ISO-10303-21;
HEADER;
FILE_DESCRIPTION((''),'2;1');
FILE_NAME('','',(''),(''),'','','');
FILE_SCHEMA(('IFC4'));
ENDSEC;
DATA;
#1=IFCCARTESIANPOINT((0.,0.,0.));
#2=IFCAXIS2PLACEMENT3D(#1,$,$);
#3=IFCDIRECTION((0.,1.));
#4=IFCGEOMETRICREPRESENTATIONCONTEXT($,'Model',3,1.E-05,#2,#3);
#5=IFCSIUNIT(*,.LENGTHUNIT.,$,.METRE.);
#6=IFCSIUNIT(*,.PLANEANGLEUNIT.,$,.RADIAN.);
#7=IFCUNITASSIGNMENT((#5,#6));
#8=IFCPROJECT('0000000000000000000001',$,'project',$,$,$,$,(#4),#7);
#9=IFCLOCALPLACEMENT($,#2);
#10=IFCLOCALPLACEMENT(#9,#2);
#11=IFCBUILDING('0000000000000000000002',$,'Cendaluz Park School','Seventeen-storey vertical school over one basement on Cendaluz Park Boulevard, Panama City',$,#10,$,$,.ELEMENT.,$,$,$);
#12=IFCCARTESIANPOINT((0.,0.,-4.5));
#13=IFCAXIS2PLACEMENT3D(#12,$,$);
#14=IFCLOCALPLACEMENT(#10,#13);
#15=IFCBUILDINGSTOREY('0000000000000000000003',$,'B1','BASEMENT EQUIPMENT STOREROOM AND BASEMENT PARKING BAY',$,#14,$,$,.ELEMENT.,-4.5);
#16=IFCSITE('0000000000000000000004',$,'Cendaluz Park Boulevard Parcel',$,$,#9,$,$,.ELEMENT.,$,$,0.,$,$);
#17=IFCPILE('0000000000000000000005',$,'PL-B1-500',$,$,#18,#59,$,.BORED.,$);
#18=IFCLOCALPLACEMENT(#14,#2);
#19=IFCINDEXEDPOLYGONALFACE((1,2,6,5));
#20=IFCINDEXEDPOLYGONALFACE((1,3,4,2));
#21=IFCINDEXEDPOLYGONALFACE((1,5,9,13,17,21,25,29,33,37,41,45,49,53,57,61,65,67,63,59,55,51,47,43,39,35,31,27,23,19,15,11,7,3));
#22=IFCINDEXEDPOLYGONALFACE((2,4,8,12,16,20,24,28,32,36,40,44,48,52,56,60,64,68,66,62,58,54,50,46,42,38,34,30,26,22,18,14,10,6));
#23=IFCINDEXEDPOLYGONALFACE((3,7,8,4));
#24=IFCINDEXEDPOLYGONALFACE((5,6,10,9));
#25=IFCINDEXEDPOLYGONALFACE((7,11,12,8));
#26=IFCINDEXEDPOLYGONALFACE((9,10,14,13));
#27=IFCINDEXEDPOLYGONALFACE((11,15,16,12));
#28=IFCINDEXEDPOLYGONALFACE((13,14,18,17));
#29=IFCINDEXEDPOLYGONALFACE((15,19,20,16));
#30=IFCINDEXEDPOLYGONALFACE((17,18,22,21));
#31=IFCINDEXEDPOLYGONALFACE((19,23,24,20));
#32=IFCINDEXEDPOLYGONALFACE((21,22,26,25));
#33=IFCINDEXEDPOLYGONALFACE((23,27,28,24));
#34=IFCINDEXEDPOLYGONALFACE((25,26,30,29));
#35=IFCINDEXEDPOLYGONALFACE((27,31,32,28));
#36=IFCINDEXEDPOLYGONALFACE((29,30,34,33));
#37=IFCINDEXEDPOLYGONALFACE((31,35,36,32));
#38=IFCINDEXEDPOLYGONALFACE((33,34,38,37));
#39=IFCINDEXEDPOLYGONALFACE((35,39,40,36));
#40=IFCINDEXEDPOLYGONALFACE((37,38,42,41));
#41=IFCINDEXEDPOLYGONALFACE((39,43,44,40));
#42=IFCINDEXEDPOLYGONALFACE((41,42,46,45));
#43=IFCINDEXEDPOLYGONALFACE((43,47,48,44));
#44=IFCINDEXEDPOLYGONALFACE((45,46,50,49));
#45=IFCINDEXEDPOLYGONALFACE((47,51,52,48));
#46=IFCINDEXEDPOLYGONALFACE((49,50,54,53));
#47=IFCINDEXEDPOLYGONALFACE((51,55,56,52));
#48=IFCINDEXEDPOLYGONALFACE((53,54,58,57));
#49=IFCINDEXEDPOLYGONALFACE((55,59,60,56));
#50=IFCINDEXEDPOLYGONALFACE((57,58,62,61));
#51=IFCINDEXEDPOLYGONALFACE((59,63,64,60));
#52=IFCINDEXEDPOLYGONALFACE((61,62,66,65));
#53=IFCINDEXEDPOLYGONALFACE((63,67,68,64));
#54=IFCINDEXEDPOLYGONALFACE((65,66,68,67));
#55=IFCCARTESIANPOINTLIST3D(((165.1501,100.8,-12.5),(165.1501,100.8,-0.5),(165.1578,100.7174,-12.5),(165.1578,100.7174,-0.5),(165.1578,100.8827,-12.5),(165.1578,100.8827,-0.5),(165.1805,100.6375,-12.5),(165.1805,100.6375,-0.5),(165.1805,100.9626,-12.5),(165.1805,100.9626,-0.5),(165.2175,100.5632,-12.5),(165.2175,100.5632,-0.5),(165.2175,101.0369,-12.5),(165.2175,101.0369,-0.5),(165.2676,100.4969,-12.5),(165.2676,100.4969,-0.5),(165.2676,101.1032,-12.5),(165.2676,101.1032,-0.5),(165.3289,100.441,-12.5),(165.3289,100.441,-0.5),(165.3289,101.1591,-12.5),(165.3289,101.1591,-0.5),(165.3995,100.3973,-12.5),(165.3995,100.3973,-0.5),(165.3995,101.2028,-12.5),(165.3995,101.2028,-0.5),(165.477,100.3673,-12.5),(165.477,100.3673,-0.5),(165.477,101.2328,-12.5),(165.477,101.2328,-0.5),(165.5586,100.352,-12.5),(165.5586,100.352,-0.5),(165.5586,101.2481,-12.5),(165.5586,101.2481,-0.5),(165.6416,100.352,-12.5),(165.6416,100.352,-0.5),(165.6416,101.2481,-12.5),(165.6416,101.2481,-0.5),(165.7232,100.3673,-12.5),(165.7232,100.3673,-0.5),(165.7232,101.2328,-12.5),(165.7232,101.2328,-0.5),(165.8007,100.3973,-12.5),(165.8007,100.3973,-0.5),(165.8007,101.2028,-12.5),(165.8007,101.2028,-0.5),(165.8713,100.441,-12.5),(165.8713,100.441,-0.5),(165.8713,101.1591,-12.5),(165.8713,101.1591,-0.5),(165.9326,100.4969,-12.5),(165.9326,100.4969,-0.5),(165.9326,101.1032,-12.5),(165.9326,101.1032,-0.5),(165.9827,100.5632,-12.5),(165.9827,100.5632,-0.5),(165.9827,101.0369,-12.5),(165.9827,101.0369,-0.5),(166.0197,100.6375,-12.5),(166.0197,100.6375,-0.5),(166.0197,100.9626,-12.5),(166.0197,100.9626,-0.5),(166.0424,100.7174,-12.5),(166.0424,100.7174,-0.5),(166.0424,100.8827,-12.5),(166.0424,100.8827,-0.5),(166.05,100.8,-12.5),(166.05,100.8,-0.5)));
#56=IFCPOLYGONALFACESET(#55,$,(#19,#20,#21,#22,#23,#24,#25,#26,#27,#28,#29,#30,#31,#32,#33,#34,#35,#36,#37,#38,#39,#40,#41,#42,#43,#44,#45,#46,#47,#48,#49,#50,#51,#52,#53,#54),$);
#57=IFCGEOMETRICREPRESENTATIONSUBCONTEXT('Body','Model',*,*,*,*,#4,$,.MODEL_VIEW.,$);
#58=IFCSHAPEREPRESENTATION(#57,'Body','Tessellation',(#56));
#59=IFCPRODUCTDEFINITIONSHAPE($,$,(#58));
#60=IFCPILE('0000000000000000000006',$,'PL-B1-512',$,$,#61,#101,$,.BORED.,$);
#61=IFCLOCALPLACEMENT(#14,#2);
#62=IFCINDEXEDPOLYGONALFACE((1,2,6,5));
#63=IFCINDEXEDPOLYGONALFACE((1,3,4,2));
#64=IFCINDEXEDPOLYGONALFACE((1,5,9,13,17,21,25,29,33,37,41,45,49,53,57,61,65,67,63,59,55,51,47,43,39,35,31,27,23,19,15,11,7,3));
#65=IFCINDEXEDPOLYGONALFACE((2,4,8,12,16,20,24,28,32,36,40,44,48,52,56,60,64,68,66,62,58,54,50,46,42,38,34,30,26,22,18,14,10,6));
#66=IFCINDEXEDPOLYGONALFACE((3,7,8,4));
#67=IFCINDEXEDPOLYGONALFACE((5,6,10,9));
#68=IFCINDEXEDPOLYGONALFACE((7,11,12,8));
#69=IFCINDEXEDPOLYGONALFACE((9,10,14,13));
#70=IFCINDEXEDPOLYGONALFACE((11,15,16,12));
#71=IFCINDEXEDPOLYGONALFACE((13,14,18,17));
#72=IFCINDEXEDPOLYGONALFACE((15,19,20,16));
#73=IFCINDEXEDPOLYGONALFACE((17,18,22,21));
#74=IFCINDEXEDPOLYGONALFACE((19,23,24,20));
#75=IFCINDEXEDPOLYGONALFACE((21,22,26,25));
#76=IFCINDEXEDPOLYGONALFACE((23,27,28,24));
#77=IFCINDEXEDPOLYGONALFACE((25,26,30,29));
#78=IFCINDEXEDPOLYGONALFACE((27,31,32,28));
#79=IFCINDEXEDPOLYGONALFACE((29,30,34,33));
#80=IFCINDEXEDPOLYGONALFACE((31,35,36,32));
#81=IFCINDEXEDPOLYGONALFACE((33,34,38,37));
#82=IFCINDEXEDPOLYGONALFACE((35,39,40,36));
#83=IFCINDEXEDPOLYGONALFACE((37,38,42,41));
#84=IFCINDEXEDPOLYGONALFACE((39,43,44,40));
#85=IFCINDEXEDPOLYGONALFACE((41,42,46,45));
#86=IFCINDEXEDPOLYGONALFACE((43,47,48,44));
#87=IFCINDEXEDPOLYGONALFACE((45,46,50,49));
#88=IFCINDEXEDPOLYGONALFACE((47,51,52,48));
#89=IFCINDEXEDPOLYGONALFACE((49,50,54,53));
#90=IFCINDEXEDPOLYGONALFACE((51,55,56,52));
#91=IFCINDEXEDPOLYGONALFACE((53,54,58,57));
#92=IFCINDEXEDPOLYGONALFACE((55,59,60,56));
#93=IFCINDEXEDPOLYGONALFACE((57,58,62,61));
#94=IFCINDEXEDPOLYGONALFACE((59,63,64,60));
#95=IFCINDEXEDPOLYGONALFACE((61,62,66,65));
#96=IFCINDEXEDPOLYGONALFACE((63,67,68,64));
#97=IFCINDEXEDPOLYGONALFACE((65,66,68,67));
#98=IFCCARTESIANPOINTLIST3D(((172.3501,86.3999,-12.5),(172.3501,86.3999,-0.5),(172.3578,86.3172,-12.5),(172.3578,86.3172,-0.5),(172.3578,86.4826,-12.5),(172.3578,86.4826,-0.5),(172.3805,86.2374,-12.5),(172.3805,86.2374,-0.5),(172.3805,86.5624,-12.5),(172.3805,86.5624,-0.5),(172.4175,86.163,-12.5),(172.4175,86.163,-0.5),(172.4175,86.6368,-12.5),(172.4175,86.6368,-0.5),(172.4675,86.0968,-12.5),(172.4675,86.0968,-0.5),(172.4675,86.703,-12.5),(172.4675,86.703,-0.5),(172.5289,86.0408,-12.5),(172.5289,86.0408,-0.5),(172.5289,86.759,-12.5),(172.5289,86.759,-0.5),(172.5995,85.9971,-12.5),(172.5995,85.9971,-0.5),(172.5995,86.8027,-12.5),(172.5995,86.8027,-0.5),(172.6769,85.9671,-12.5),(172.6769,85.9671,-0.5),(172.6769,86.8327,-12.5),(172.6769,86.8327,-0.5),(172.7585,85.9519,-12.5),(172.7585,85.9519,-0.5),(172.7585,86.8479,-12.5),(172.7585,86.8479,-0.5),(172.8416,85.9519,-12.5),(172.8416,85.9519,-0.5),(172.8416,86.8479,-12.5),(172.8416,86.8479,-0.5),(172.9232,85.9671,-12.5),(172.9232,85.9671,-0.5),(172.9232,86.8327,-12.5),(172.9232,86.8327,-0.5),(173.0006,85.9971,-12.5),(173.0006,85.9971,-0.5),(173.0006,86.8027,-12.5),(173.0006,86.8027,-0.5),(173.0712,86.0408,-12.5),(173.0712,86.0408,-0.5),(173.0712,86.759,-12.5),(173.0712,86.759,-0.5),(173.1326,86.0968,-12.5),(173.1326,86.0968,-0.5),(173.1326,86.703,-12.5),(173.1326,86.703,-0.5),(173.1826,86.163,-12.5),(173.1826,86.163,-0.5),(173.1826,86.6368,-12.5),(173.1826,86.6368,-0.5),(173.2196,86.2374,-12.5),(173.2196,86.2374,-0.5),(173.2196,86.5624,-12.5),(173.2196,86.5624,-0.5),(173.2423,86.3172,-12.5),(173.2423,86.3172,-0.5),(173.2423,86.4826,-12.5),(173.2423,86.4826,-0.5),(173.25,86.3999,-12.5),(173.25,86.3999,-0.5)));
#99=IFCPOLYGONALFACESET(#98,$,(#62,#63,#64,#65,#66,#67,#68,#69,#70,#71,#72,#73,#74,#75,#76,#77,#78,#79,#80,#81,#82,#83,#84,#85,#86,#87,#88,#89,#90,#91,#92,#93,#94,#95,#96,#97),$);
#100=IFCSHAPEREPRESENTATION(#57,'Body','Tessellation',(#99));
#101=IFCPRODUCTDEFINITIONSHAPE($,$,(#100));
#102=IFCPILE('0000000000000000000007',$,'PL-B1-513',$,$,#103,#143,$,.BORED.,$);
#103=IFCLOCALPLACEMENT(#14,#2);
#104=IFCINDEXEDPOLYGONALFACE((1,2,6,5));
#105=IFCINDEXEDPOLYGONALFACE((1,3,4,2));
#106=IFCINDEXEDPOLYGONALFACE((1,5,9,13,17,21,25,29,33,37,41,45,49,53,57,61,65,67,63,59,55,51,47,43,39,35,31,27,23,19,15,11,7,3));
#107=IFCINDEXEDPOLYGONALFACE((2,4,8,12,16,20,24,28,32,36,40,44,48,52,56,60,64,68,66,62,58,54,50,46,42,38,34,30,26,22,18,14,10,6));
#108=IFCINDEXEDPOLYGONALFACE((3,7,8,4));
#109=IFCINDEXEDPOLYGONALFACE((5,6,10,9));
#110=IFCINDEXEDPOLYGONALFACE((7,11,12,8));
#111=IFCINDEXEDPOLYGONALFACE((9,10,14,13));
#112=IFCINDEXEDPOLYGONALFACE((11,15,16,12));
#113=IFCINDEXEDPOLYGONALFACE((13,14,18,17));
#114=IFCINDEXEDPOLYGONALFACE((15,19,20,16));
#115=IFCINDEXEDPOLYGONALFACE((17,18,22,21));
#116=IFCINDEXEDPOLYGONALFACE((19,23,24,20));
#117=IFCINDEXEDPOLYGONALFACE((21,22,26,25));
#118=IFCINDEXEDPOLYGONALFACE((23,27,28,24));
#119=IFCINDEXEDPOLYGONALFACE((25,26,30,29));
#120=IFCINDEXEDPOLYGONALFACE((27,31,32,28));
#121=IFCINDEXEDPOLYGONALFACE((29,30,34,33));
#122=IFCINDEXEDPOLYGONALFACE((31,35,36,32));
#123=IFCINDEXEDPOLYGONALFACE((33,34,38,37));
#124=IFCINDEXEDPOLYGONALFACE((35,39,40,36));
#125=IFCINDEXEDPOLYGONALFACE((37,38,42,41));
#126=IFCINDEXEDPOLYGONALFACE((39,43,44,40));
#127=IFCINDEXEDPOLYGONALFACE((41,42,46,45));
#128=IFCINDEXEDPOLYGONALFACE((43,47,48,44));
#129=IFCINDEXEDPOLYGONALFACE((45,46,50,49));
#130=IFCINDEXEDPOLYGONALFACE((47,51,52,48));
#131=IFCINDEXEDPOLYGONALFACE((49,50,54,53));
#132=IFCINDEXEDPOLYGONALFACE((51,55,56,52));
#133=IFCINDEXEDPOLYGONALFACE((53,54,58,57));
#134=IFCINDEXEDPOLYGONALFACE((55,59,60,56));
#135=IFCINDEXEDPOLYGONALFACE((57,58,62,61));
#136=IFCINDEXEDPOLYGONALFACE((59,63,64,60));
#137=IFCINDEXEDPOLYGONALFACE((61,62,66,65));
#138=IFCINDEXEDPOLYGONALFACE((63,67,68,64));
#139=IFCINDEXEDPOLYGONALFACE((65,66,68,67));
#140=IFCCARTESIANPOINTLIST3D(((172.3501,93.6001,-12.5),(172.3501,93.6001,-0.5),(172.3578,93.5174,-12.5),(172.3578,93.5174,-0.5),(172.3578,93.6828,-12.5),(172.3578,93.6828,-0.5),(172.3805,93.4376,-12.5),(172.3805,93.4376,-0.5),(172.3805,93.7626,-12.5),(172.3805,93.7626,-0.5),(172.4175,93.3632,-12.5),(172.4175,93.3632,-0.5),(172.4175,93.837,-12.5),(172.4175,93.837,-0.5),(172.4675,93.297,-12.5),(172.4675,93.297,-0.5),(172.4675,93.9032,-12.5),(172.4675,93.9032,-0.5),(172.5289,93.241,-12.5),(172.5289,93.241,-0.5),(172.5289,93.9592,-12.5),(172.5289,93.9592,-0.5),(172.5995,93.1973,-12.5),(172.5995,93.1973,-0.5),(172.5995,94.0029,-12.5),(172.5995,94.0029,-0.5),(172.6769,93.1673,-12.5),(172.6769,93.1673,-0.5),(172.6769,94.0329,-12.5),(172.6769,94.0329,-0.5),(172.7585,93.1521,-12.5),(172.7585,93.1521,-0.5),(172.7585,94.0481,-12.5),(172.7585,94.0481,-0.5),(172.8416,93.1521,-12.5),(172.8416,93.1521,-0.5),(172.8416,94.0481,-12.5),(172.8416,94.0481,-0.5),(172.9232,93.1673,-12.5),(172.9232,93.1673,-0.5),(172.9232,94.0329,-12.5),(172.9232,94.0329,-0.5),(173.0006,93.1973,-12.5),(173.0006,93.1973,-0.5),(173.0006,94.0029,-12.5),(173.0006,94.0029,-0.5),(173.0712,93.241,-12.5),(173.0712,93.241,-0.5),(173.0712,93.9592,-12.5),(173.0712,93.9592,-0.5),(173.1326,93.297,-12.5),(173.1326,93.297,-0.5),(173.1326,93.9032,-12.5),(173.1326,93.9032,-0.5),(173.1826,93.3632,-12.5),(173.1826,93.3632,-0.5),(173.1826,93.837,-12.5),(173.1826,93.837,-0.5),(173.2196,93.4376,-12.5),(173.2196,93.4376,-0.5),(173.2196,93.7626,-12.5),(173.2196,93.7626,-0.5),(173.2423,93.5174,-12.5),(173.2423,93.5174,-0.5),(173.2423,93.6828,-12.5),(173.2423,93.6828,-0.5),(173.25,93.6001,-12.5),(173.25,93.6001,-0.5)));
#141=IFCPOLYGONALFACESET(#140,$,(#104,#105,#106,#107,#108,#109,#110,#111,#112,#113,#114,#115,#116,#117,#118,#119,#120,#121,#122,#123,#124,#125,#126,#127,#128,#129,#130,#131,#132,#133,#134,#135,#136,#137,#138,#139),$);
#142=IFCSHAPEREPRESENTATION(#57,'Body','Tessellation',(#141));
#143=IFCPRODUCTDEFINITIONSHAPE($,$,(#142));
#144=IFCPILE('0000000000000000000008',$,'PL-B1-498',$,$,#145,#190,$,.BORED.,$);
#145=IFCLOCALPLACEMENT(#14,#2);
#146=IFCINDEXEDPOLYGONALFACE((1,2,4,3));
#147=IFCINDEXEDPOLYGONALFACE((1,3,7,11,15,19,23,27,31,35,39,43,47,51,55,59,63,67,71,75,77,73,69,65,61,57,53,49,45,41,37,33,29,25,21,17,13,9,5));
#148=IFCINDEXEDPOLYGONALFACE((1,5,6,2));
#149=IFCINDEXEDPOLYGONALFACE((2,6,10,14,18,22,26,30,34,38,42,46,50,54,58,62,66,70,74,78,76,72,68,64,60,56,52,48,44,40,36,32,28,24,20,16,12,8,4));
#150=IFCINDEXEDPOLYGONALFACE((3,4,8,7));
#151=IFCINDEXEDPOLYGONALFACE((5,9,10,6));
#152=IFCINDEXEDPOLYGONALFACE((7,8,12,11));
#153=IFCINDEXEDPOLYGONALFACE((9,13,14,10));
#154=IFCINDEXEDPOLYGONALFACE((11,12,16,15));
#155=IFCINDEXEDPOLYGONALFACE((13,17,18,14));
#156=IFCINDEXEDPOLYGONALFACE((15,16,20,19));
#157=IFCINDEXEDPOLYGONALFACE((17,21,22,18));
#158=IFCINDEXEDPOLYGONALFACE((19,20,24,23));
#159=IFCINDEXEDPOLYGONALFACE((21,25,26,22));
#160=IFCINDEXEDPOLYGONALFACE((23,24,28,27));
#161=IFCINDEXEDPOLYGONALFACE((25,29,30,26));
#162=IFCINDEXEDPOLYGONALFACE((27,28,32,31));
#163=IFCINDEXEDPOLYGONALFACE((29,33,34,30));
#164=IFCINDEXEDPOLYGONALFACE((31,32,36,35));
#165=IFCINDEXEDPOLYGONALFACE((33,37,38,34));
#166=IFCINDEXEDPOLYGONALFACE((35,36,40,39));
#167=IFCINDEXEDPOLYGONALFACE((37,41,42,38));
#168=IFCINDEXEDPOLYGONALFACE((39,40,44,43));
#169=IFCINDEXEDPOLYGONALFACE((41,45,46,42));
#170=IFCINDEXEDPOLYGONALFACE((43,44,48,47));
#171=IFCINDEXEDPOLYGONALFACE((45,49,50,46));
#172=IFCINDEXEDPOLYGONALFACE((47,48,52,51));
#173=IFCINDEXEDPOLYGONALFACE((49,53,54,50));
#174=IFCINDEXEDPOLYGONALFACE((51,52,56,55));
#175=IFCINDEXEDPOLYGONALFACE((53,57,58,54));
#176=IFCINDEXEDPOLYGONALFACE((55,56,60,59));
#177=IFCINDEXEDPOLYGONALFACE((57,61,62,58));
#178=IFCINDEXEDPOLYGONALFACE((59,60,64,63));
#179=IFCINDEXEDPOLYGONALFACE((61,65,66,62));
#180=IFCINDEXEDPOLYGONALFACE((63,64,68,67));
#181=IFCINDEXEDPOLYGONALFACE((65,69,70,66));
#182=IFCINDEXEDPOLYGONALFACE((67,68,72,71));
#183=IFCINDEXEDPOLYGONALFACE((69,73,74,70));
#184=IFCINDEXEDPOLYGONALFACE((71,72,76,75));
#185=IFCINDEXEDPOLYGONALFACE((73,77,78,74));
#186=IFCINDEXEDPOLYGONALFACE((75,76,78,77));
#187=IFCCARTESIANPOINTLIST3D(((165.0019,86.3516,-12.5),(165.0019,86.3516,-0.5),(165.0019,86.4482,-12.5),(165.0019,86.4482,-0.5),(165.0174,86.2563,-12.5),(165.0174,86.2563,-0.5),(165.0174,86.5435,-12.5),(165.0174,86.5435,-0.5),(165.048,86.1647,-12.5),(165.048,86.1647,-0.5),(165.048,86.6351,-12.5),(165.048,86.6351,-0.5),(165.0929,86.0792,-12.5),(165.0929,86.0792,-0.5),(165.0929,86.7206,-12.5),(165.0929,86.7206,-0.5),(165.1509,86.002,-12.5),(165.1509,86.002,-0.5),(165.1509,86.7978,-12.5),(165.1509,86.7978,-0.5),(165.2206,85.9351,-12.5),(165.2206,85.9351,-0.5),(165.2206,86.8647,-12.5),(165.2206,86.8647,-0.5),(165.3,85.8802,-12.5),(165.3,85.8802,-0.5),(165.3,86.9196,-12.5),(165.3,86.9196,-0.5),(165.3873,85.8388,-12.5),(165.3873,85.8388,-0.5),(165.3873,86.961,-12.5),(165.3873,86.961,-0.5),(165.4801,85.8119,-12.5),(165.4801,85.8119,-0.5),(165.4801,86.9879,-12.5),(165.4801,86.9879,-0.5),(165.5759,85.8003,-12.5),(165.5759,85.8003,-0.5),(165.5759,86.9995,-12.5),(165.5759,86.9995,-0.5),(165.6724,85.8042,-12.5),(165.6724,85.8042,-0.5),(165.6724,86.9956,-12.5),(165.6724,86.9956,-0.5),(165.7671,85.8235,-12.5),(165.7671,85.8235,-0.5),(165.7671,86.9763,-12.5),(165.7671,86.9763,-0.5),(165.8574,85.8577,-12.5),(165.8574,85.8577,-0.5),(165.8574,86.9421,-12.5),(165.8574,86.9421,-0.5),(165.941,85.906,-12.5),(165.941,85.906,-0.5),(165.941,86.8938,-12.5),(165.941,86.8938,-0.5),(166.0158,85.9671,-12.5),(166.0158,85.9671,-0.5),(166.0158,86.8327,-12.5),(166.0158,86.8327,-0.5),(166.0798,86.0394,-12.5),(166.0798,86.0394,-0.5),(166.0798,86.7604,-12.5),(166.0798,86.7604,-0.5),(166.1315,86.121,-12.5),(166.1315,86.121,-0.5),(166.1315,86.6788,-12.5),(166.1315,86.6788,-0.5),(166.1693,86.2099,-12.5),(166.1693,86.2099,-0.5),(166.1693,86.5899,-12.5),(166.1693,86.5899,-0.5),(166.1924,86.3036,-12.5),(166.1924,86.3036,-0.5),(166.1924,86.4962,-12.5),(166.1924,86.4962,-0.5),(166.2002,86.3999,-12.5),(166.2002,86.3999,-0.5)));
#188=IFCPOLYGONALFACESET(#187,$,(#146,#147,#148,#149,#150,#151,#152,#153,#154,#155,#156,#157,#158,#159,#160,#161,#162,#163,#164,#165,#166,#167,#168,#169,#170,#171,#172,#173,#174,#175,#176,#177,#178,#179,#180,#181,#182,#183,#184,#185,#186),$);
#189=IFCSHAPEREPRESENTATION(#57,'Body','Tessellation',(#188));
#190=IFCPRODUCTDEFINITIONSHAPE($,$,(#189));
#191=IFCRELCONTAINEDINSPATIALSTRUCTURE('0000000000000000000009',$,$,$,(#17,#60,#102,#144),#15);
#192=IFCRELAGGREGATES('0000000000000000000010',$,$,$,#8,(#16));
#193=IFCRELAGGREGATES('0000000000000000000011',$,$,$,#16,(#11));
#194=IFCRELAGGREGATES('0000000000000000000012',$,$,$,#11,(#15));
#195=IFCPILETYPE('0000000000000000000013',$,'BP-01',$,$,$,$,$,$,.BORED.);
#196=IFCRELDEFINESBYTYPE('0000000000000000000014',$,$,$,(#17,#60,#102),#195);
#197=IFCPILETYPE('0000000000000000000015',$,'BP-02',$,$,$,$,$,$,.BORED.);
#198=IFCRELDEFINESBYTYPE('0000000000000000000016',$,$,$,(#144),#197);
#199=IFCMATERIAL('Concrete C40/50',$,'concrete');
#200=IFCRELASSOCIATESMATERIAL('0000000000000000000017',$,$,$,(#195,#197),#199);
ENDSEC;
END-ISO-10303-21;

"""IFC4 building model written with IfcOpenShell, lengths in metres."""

from ifc_helpers import new_model, si_unit, direction, frame, origin, origin_2d, place, context, subcontext, project, spatial, circle, extrude, material, material_profile, profile_set, type_object, element, save


model = new_model("IFC4")

# Units and contexts
model_context = context("Model", 3, precision=1e-05, world=origin(), true_north=direction((0.0, 1.0)))
body_context = subcontext(model_context, "Body", "Model", "MODEL_VIEW")
ifc_project = project(units=[si_unit("LENGTHUNIT", "METRE"), si_unit("PLANEANGLEUNIT", "RADIAN")], contexts=[model_context])

# Site, building, storey
site_placement = place(None, origin())
site = spatial("IfcSite", under=ifc_project, at=site_placement, Name="Cendaluz Park Boulevard Parcel", CompositionType="ELEMENT", RefElevation=0.0)
building_placement = place(site_placement, origin())
building = spatial("IfcBuilding", under=site, at=building_placement, Name="Cendaluz Park School", Description="Seventeen-storey vertical school over one basement on Cendaluz Park Boulevard, Panama City", CompositionType="ELEMENT")
storey_placement = place(building_placement, frame((0.0, 0.0, -4.5)))
storey = spatial("IfcBuildingStorey", under=building, at=storey_placement, Name="B1", Description="BASEMENT EQUIPMENT STOREROOM AND BASEMENT PARKING BAY", CompositionType="ELEMENT", Elevation=-4.5)

# Piles
ifc_material_1 = material(Name="Concrete C40/50", Category="concrete")
ifc_material_profile_1 = material_profile(ifc_material_1, circle(Radius=0.45, at=origin_2d()), Name="BP D900", Category="concrete")
ifc_profile_set_1 = profile_set([ifc_material_profile_1], Name="Concrete C40/50")
pile_type_1 = type_object("IfcPileType", Name="BP-01", PredefinedType="BORED", material=ifc_profile_set_1)
for number, where, z_axis, x_axis, name in (
    (1, (165.6001, 100.8, -0.5), (0.0, 0.0, -1.0), (1.0, 0.0, 0.0), "PL-B1-500"),
    (2, (172.8, 86.3999, -0.5), (0.0, 0.0, -1.0), (1.0, 0.0, 0.0), "PL-B1-512"),
    (3, (172.8, 93.6001, -0.5), (0.0, 0.0, -1.0), (1.0, 0.0, 0.0), "PL-B1-513"),
):
    element("IfcPile", number, at=place(storey_placement, frame(where, z_axis=z_axis, x_axis=x_axis)), inside=storey, type_object=pile_type_1, Name=name, PredefinedType="BORED", context=body_context, shape_type="SweptSolid", body=[
        extrude(circle(Radius=0.45, at=origin_2d()), origin(), (0.0, 0.0, 1.0), 12.0),
    ])
ifc_material_profile_2 = material_profile(ifc_material_1, circle(Radius=0.6001, at=origin_2d()), Name="BP D1200", Category="concrete")
ifc_profile_set_2 = profile_set([ifc_material_profile_2], Name="Concrete C40/50")
pile_type_2 = type_object("IfcPileType", Name="BP-02", PredefinedType="BORED", material=ifc_profile_set_2)
for number, where, z_axis, x_axis, name in (
    (4, (165.6001, 86.3999, -0.5), (0.0, 0.0, -1.0), (1.0, 0.0, 0.0), "PL-B1-498"),
):
    element("IfcPile", number, at=place(storey_placement, frame(where, z_axis=z_axis, x_axis=x_axis)), inside=storey, type_object=pile_type_2, Name=name, PredefinedType="BORED", context=body_context, shape_type="SweptSolid", body=[
        extrude(circle(Radius=0.6001, at=origin_2d()), origin(), (0.0, 0.0, 1.0), 12.0),
    ])

save(model, "model.ifc")
